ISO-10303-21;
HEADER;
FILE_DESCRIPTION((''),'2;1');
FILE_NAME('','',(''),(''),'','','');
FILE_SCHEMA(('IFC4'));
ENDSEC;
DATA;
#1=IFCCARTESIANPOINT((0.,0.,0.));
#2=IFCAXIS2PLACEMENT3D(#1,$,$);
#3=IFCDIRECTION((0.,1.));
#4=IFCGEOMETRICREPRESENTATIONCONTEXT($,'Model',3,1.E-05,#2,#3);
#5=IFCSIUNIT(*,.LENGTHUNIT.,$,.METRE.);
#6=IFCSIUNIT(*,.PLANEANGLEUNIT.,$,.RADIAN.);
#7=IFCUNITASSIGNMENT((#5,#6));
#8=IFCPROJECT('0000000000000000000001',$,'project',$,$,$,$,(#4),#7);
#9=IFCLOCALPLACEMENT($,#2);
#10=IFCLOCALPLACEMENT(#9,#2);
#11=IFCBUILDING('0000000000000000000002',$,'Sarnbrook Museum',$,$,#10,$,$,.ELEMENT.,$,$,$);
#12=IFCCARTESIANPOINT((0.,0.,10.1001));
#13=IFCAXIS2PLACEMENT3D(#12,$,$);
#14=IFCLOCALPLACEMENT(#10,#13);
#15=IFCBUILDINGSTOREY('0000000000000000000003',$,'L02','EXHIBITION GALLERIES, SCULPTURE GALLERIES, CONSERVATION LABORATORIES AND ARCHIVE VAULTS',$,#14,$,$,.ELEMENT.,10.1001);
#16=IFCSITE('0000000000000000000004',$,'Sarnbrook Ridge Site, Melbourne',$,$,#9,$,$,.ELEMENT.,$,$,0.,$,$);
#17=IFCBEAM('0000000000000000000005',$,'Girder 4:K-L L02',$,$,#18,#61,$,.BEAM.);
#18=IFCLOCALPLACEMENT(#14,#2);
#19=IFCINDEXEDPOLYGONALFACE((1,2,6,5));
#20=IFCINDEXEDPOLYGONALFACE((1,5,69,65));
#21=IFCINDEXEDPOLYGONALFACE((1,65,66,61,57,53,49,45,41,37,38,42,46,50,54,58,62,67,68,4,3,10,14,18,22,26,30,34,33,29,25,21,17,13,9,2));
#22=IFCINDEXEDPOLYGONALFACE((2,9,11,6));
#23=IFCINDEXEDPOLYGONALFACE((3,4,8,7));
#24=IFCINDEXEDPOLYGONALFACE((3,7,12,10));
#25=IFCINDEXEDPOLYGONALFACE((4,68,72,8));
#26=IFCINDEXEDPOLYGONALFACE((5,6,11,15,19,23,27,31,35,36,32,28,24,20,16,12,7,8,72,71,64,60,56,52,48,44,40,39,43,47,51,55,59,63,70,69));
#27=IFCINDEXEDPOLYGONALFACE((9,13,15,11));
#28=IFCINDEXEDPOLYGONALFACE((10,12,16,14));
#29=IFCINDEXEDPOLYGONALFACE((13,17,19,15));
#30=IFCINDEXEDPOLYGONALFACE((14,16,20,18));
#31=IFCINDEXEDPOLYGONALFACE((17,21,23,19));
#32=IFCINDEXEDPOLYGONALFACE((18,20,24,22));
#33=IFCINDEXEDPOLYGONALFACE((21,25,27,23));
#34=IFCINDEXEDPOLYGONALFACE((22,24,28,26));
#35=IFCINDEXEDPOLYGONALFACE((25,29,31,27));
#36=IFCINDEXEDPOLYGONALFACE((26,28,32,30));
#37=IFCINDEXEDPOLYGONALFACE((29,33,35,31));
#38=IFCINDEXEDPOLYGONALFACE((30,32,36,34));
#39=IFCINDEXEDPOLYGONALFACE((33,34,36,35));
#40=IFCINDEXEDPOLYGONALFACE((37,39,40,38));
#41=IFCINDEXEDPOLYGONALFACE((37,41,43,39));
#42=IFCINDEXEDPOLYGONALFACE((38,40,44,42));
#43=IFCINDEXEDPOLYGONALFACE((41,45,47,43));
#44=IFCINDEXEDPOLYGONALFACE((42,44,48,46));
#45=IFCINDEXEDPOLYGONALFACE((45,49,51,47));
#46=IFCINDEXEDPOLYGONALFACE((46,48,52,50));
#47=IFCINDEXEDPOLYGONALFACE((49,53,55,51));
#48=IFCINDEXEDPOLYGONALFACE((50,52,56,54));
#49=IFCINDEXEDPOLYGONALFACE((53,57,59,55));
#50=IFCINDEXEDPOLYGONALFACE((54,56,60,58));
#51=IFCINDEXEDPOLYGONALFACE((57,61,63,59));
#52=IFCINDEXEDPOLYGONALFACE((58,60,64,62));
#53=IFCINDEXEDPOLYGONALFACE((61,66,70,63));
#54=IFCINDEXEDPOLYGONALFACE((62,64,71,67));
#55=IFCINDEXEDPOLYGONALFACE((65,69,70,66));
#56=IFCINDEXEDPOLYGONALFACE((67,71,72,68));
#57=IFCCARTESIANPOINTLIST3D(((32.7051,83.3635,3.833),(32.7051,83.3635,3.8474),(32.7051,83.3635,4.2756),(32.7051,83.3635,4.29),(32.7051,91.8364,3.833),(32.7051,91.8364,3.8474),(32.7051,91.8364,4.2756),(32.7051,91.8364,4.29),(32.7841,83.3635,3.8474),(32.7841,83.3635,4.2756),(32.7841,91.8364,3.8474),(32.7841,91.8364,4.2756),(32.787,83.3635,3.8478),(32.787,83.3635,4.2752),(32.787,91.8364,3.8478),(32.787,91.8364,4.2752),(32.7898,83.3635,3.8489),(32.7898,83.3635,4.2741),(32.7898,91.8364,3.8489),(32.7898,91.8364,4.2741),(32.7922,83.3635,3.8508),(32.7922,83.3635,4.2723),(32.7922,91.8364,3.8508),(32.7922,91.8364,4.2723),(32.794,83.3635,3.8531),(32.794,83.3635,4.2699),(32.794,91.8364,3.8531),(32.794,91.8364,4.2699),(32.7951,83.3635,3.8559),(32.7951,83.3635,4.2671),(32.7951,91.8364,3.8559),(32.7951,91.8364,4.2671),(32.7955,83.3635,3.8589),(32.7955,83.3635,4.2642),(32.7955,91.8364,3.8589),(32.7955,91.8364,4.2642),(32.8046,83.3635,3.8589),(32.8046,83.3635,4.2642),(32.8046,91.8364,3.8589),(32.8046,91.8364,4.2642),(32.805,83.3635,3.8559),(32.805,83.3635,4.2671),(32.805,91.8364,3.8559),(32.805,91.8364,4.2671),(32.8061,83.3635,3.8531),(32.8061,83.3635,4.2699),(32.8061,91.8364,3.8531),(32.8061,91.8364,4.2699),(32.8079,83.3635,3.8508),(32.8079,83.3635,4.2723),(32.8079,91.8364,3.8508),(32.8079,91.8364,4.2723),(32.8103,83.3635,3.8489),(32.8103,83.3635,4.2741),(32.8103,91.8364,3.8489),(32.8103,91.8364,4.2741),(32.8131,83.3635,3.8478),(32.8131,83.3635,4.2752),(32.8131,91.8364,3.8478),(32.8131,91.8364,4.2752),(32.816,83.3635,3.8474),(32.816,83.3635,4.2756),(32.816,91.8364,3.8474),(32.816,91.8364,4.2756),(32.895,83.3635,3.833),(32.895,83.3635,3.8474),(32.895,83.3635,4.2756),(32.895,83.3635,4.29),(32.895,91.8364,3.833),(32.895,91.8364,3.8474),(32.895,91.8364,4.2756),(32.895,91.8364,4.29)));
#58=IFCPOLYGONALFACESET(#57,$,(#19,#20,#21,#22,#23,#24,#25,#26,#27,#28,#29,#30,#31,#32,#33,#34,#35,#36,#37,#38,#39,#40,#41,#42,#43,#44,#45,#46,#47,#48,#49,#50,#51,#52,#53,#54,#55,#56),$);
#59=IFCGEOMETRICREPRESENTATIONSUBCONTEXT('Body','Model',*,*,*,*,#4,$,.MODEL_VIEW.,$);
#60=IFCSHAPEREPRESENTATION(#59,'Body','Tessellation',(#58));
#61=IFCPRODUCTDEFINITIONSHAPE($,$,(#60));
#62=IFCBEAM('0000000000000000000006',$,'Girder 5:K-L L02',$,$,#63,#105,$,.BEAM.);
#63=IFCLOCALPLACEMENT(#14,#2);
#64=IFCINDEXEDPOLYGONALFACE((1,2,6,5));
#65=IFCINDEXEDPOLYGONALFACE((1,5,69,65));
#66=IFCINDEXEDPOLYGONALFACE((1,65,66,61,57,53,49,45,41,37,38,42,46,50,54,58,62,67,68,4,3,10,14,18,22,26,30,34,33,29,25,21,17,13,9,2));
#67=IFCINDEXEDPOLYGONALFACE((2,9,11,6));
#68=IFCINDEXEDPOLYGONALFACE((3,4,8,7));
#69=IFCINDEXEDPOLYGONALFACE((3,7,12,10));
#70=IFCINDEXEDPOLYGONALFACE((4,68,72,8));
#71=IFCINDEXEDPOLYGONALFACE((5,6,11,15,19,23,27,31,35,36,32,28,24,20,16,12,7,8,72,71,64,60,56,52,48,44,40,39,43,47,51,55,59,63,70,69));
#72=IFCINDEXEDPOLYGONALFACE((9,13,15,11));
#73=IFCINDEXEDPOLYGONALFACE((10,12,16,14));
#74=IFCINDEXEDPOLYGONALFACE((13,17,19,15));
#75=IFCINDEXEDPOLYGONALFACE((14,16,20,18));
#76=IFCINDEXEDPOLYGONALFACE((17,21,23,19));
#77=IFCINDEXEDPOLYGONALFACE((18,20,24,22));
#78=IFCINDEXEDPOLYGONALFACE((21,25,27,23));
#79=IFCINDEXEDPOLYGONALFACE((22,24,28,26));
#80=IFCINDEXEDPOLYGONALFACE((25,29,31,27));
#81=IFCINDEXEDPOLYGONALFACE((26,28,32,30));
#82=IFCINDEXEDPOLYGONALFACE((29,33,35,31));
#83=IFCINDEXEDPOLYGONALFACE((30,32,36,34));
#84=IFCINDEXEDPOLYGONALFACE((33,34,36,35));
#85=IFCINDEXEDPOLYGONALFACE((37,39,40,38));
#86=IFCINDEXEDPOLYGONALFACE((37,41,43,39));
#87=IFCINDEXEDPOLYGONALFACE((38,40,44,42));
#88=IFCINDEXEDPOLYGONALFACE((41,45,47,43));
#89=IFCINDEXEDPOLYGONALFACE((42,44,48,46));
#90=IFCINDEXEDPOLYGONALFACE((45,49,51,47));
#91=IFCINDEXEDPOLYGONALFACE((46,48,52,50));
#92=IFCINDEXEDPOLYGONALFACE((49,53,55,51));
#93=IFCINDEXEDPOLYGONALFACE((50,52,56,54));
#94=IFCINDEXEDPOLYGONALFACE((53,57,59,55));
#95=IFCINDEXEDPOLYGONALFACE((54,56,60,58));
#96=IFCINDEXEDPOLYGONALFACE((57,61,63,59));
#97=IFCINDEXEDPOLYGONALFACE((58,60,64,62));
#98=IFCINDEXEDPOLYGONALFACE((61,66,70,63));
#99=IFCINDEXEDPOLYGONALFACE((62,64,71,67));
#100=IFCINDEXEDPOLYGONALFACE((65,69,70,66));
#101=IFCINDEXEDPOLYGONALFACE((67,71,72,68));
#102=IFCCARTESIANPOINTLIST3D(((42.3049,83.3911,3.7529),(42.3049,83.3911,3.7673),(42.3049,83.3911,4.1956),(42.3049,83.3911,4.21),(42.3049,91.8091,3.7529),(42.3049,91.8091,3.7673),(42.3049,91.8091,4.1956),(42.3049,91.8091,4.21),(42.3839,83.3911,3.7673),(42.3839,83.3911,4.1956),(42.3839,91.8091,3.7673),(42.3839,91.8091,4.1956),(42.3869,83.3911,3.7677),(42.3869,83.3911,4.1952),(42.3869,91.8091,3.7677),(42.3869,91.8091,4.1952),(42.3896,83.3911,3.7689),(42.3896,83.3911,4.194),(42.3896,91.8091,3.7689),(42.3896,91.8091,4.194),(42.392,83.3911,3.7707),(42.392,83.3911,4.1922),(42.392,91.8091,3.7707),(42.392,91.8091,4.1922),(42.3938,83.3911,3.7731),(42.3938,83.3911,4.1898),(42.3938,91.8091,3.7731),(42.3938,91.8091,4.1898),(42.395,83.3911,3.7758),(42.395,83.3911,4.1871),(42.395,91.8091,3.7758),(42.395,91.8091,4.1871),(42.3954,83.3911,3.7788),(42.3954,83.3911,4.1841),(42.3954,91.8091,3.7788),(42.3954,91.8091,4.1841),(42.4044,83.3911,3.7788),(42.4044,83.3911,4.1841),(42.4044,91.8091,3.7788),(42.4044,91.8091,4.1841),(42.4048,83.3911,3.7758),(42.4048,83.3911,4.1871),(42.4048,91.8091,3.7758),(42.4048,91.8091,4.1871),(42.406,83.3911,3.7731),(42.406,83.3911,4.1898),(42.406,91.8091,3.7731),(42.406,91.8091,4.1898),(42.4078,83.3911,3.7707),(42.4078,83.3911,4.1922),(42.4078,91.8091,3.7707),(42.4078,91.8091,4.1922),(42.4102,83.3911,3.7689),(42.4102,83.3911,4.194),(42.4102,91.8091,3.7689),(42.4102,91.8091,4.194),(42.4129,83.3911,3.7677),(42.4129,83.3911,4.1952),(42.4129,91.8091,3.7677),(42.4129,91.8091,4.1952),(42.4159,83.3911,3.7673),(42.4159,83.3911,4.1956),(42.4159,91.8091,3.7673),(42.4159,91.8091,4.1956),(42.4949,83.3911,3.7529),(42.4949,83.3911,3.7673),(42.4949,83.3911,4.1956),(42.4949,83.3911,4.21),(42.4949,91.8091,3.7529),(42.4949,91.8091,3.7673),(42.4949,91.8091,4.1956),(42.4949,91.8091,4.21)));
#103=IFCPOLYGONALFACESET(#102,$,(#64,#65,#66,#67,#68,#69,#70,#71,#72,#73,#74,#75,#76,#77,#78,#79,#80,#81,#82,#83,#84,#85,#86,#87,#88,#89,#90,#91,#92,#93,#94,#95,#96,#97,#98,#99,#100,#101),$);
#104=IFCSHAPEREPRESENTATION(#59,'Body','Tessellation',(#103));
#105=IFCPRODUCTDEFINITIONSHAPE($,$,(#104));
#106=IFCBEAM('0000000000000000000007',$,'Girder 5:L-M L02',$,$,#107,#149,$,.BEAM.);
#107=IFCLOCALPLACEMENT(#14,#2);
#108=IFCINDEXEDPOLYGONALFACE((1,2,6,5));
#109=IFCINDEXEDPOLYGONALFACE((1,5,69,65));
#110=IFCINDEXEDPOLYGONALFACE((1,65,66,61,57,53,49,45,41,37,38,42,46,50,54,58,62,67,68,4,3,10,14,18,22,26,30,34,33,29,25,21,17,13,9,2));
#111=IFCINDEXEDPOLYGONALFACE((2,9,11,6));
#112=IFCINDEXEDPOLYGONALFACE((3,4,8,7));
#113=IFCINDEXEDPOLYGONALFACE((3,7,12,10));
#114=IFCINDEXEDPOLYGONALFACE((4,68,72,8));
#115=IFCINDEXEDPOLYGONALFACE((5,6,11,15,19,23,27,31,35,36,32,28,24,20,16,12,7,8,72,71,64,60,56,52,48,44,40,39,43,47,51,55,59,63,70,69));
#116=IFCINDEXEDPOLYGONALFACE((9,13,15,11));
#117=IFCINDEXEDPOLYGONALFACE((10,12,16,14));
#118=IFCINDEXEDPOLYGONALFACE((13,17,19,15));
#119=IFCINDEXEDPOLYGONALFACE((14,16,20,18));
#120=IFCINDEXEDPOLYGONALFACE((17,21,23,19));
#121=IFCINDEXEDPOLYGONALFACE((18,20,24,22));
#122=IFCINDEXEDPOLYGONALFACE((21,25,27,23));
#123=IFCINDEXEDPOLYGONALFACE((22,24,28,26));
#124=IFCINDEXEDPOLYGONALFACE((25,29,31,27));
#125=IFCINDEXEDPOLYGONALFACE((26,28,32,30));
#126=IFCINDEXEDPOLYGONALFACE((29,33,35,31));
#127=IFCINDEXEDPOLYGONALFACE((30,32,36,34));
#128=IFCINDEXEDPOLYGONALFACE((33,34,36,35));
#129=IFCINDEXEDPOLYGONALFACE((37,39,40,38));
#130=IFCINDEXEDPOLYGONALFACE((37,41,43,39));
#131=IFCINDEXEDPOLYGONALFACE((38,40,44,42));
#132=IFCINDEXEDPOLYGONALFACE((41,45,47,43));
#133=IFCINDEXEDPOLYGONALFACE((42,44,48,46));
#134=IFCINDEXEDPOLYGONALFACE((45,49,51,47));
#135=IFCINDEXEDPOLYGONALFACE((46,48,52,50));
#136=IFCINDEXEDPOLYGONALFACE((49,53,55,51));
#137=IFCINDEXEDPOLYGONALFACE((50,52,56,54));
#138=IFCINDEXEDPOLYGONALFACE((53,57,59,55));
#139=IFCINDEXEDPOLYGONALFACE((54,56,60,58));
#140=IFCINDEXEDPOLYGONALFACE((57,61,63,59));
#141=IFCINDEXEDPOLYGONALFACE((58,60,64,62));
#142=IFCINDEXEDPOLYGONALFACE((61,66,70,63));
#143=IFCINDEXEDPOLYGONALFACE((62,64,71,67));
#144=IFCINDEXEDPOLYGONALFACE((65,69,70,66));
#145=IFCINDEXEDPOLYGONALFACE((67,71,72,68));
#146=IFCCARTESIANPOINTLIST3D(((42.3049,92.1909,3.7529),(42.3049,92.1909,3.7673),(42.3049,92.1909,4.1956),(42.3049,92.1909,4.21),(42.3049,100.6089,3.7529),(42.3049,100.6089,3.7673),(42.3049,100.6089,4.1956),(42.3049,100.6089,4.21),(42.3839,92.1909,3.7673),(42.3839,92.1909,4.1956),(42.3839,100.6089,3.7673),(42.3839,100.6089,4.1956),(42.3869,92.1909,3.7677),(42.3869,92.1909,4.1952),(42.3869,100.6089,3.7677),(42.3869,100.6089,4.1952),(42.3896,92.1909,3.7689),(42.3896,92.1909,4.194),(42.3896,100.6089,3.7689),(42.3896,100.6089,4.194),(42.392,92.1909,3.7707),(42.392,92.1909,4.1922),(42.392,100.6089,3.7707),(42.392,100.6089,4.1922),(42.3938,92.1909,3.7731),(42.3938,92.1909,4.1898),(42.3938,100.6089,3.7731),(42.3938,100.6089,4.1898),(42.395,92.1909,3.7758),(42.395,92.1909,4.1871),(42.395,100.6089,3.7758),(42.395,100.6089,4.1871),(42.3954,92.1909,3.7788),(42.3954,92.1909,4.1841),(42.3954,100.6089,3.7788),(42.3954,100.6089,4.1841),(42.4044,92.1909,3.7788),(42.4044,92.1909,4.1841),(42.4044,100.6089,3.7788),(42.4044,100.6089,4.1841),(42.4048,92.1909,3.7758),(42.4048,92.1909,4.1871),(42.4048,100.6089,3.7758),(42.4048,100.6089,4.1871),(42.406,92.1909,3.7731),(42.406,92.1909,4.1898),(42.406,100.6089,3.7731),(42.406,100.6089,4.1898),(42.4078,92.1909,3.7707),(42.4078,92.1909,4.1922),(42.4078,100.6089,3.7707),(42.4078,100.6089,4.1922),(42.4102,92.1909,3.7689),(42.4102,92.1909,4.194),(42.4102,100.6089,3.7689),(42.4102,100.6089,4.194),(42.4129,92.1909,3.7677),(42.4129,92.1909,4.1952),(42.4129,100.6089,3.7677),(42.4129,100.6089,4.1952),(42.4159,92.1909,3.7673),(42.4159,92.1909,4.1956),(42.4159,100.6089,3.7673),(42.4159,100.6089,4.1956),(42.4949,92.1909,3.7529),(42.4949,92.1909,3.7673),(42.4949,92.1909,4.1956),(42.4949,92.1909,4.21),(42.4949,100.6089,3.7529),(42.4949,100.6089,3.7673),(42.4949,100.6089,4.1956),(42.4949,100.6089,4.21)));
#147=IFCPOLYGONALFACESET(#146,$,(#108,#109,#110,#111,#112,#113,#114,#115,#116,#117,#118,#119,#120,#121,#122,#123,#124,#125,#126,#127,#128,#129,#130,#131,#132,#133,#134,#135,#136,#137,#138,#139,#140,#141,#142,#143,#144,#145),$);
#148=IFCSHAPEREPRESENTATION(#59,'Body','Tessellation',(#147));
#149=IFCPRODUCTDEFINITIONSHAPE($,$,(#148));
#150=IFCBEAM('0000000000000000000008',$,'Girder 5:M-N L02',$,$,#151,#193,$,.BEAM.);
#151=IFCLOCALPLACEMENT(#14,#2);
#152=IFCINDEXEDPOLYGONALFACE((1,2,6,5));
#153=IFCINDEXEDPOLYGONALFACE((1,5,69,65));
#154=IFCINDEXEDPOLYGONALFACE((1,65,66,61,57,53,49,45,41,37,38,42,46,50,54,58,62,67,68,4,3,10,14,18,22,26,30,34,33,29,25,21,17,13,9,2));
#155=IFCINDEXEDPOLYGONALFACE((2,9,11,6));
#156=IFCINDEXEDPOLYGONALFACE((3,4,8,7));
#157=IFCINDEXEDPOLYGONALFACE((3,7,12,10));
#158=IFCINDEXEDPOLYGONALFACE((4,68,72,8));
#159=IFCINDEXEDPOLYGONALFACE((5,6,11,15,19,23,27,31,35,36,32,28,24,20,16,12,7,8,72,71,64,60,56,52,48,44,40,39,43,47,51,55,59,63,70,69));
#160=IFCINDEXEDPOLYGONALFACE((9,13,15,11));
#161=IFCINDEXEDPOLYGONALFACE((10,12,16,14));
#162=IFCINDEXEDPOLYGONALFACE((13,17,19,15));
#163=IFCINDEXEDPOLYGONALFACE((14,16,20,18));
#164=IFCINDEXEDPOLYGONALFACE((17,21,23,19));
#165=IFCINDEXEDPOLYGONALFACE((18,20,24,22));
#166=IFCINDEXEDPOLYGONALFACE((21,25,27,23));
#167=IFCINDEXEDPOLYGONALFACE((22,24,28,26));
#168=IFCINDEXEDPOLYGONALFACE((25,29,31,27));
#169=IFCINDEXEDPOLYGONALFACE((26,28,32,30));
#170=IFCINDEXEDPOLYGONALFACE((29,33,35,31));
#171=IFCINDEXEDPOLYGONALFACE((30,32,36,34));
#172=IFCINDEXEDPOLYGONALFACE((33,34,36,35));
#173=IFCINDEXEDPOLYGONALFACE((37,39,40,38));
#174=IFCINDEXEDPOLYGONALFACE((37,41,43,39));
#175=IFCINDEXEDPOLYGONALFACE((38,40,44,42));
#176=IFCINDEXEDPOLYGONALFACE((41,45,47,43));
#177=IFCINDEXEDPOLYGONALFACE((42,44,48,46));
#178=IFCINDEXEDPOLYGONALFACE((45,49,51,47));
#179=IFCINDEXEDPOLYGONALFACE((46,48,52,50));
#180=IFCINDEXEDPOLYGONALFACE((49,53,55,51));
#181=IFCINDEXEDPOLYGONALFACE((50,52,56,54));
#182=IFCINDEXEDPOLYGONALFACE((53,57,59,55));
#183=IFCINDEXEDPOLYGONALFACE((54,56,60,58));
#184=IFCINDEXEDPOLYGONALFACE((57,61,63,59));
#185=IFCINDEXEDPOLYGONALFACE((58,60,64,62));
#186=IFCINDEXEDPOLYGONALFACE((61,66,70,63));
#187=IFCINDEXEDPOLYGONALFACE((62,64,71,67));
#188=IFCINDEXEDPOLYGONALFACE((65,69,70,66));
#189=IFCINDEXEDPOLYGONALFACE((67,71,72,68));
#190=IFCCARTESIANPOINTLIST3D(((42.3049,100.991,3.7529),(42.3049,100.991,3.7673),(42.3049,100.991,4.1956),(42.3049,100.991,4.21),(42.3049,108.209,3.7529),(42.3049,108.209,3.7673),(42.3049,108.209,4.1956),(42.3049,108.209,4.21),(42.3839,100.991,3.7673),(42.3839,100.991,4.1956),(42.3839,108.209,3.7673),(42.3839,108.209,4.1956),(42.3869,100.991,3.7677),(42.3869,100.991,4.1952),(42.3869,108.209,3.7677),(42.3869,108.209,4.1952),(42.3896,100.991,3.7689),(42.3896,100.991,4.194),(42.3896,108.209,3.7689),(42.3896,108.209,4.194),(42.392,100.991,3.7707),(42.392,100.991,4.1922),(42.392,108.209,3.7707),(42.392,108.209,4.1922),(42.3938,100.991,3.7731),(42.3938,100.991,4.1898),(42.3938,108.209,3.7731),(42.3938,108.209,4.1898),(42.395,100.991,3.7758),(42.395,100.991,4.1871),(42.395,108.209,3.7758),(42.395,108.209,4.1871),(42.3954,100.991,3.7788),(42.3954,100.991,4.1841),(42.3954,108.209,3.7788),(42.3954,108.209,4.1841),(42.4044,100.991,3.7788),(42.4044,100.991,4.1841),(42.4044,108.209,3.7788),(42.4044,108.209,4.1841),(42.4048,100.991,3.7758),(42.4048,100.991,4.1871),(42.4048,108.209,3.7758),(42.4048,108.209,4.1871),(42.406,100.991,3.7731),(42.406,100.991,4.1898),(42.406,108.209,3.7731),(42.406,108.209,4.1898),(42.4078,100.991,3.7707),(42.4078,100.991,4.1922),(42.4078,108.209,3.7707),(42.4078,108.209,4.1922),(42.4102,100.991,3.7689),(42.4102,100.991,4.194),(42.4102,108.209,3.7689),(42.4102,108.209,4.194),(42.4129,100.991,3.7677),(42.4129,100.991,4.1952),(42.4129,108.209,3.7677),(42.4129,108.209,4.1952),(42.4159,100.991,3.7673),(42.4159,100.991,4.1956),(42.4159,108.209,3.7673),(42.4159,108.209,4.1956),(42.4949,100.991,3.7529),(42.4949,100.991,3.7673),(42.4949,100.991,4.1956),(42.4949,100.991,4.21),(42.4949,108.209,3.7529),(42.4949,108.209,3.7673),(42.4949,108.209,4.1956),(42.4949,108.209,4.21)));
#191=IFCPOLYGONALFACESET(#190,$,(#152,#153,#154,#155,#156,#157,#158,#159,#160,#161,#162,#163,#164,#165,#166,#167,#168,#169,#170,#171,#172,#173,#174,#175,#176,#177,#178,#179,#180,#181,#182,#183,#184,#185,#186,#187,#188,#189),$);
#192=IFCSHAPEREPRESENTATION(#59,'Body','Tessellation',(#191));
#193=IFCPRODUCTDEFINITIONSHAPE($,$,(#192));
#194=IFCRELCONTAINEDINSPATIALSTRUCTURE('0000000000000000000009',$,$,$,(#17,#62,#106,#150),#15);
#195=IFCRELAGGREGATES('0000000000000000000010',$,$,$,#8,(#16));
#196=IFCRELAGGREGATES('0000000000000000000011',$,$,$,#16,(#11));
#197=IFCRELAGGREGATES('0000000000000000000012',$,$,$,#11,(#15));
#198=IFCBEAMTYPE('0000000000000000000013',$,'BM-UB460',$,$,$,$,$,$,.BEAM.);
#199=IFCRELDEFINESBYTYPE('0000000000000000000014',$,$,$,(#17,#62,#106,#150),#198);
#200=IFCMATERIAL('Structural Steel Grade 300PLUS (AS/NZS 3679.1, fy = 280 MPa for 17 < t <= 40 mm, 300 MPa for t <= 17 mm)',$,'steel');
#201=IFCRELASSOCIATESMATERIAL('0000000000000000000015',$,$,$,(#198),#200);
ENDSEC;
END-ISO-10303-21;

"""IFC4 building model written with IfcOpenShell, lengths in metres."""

from ifc_helpers import new_model, si_unit, direction, frame, origin, origin_2d, place, context, subcontext, project, spatial, i_section, extrude, material, material_profile, profile_set, type_object, element, save


model = new_model("IFC4")

# Units and contexts
model_context = context("Model", 3, precision=1e-05, world=origin(), true_north=direction((0.0, 1.0)))
body_context = subcontext(model_context, "Body", "Model", "MODEL_VIEW")
ifc_project = project(units=[si_unit("LENGTHUNIT", "METRE"), si_unit("PLANEANGLEUNIT", "RADIAN")], contexts=[model_context])

# Site, building, storey
site_placement = place(None, origin())
site = spatial("IfcSite", under=ifc_project, at=site_placement, Name="Sarnbrook Ridge Site, Melbourne", CompositionType="ELEMENT", RefElevation=0.0)
building_placement = place(site_placement, origin())
building = spatial("IfcBuilding", under=site, at=building_placement, Name="Sarnbrook Museum", CompositionType="ELEMENT")
storey_placement = place(building_placement, frame((0.0, 0.0, 10.1001)))
storey = spatial("IfcBuildingStorey", under=building, at=storey_placement, Name="L02", Description="EXHIBITION GALLERIES, SCULPTURE GALLERIES, CONSERVATION LABORATORIES AND ARCHIVE VAULTS", CompositionType="ELEMENT", Elevation=10.1001)

# Shared definitions
ifc_material_1 = material(Name="Structural Steel Grade 300PLUS (AS/NZS 3679.1, fy = 280 MPa for 17 < t <= 40 mm, 300 MPa for t <= 17 mm)", Category="steel")

# Beams
ifc_material_profile_1 = material_profile(ifc_material_1, i_section(OverallWidth=0.1899, OverallDepth=0.457, WebThickness=0.009, FlangeThickness=0.0144, FilletRadius=0.0115, at=origin_2d()), Name="460UB74.6")
ifc_profile_set_1 = profile_set([ifc_material_profile_1], Name="Structural Steel Grade 300PLUS (AS/NZS 3679.1, fy = 280 MPa for 17 < t <= 40 mm, 300 MPa for t <= 17 mm)")
beam_type_1 = type_object("IfcBeamType", Name="BM-UB460", PredefinedType="BEAM", material=ifc_profile_set_1)
beam_1_placement = place(storey_placement, frame((32.8, 83.3635, 4.0615), z_axis=(0.0, 1.0, 0.0), x_axis=(-1.0, 0.0, 0.0)))
element("IfcBeam", 1, at=beam_1_placement, inside=storey, type_object=beam_type_1, Name="Girder 4:K-L L02", PredefinedType="BEAM", context=body_context, shape_type="SweptSolid", body=[
    extrude(i_section(OverallWidth=0.1899, OverallDepth=0.457, WebThickness=0.009, FlangeThickness=0.0144, FilletRadius=0.0115, at=origin_2d()), origin(), (0.0, 0.0, 1.0), 8.4729),
])
for number, where, z_axis, x_axis, name in (
    (2, (42.3999, 83.3911, 3.9814), (0.0, 1.0, 0.0), (-1.0, 0.0, 0.0), "Girder 5:K-L L02"),
    (3, (42.3999, 92.1909, 3.9814), (0.0, 1.0, 0.0), (-1.0, 0.0, 0.0), "Girder 5:L-M L02"),
):
    element("IfcBeam", number, at=place(storey_placement, frame(where, z_axis=z_axis, x_axis=x_axis)), inside=storey, type_object=beam_type_1, Name=name, PredefinedType="BEAM", context=body_context, shape_type="SweptSolid", body=[
        extrude(i_section(OverallWidth=0.1899, OverallDepth=0.457, WebThickness=0.009, FlangeThickness=0.0144, FilletRadius=0.0115, at=origin_2d()), origin(), (0.0, 0.0, 1.0), 8.418),
    ])
beam_2_placement = place(storey_placement, frame((42.3999, 100.991, 3.9814), z_axis=(0.0, 1.0, 0.0), x_axis=(-1.0, 0.0, 0.0)))
element("IfcBeam", 4, at=beam_2_placement, inside=storey, type_object=beam_type_1, Name="Girder 5:M-N L02", PredefinedType="BEAM", context=body_context, shape_type="SweptSolid", body=[
    extrude(i_section(OverallWidth=0.1899, OverallDepth=0.457, WebThickness=0.009, FlangeThickness=0.0144, FilletRadius=0.0115, at=origin_2d()), origin(), (0.0, 0.0, 1.0), 7.218),
])

save(model, "model.ifc")
